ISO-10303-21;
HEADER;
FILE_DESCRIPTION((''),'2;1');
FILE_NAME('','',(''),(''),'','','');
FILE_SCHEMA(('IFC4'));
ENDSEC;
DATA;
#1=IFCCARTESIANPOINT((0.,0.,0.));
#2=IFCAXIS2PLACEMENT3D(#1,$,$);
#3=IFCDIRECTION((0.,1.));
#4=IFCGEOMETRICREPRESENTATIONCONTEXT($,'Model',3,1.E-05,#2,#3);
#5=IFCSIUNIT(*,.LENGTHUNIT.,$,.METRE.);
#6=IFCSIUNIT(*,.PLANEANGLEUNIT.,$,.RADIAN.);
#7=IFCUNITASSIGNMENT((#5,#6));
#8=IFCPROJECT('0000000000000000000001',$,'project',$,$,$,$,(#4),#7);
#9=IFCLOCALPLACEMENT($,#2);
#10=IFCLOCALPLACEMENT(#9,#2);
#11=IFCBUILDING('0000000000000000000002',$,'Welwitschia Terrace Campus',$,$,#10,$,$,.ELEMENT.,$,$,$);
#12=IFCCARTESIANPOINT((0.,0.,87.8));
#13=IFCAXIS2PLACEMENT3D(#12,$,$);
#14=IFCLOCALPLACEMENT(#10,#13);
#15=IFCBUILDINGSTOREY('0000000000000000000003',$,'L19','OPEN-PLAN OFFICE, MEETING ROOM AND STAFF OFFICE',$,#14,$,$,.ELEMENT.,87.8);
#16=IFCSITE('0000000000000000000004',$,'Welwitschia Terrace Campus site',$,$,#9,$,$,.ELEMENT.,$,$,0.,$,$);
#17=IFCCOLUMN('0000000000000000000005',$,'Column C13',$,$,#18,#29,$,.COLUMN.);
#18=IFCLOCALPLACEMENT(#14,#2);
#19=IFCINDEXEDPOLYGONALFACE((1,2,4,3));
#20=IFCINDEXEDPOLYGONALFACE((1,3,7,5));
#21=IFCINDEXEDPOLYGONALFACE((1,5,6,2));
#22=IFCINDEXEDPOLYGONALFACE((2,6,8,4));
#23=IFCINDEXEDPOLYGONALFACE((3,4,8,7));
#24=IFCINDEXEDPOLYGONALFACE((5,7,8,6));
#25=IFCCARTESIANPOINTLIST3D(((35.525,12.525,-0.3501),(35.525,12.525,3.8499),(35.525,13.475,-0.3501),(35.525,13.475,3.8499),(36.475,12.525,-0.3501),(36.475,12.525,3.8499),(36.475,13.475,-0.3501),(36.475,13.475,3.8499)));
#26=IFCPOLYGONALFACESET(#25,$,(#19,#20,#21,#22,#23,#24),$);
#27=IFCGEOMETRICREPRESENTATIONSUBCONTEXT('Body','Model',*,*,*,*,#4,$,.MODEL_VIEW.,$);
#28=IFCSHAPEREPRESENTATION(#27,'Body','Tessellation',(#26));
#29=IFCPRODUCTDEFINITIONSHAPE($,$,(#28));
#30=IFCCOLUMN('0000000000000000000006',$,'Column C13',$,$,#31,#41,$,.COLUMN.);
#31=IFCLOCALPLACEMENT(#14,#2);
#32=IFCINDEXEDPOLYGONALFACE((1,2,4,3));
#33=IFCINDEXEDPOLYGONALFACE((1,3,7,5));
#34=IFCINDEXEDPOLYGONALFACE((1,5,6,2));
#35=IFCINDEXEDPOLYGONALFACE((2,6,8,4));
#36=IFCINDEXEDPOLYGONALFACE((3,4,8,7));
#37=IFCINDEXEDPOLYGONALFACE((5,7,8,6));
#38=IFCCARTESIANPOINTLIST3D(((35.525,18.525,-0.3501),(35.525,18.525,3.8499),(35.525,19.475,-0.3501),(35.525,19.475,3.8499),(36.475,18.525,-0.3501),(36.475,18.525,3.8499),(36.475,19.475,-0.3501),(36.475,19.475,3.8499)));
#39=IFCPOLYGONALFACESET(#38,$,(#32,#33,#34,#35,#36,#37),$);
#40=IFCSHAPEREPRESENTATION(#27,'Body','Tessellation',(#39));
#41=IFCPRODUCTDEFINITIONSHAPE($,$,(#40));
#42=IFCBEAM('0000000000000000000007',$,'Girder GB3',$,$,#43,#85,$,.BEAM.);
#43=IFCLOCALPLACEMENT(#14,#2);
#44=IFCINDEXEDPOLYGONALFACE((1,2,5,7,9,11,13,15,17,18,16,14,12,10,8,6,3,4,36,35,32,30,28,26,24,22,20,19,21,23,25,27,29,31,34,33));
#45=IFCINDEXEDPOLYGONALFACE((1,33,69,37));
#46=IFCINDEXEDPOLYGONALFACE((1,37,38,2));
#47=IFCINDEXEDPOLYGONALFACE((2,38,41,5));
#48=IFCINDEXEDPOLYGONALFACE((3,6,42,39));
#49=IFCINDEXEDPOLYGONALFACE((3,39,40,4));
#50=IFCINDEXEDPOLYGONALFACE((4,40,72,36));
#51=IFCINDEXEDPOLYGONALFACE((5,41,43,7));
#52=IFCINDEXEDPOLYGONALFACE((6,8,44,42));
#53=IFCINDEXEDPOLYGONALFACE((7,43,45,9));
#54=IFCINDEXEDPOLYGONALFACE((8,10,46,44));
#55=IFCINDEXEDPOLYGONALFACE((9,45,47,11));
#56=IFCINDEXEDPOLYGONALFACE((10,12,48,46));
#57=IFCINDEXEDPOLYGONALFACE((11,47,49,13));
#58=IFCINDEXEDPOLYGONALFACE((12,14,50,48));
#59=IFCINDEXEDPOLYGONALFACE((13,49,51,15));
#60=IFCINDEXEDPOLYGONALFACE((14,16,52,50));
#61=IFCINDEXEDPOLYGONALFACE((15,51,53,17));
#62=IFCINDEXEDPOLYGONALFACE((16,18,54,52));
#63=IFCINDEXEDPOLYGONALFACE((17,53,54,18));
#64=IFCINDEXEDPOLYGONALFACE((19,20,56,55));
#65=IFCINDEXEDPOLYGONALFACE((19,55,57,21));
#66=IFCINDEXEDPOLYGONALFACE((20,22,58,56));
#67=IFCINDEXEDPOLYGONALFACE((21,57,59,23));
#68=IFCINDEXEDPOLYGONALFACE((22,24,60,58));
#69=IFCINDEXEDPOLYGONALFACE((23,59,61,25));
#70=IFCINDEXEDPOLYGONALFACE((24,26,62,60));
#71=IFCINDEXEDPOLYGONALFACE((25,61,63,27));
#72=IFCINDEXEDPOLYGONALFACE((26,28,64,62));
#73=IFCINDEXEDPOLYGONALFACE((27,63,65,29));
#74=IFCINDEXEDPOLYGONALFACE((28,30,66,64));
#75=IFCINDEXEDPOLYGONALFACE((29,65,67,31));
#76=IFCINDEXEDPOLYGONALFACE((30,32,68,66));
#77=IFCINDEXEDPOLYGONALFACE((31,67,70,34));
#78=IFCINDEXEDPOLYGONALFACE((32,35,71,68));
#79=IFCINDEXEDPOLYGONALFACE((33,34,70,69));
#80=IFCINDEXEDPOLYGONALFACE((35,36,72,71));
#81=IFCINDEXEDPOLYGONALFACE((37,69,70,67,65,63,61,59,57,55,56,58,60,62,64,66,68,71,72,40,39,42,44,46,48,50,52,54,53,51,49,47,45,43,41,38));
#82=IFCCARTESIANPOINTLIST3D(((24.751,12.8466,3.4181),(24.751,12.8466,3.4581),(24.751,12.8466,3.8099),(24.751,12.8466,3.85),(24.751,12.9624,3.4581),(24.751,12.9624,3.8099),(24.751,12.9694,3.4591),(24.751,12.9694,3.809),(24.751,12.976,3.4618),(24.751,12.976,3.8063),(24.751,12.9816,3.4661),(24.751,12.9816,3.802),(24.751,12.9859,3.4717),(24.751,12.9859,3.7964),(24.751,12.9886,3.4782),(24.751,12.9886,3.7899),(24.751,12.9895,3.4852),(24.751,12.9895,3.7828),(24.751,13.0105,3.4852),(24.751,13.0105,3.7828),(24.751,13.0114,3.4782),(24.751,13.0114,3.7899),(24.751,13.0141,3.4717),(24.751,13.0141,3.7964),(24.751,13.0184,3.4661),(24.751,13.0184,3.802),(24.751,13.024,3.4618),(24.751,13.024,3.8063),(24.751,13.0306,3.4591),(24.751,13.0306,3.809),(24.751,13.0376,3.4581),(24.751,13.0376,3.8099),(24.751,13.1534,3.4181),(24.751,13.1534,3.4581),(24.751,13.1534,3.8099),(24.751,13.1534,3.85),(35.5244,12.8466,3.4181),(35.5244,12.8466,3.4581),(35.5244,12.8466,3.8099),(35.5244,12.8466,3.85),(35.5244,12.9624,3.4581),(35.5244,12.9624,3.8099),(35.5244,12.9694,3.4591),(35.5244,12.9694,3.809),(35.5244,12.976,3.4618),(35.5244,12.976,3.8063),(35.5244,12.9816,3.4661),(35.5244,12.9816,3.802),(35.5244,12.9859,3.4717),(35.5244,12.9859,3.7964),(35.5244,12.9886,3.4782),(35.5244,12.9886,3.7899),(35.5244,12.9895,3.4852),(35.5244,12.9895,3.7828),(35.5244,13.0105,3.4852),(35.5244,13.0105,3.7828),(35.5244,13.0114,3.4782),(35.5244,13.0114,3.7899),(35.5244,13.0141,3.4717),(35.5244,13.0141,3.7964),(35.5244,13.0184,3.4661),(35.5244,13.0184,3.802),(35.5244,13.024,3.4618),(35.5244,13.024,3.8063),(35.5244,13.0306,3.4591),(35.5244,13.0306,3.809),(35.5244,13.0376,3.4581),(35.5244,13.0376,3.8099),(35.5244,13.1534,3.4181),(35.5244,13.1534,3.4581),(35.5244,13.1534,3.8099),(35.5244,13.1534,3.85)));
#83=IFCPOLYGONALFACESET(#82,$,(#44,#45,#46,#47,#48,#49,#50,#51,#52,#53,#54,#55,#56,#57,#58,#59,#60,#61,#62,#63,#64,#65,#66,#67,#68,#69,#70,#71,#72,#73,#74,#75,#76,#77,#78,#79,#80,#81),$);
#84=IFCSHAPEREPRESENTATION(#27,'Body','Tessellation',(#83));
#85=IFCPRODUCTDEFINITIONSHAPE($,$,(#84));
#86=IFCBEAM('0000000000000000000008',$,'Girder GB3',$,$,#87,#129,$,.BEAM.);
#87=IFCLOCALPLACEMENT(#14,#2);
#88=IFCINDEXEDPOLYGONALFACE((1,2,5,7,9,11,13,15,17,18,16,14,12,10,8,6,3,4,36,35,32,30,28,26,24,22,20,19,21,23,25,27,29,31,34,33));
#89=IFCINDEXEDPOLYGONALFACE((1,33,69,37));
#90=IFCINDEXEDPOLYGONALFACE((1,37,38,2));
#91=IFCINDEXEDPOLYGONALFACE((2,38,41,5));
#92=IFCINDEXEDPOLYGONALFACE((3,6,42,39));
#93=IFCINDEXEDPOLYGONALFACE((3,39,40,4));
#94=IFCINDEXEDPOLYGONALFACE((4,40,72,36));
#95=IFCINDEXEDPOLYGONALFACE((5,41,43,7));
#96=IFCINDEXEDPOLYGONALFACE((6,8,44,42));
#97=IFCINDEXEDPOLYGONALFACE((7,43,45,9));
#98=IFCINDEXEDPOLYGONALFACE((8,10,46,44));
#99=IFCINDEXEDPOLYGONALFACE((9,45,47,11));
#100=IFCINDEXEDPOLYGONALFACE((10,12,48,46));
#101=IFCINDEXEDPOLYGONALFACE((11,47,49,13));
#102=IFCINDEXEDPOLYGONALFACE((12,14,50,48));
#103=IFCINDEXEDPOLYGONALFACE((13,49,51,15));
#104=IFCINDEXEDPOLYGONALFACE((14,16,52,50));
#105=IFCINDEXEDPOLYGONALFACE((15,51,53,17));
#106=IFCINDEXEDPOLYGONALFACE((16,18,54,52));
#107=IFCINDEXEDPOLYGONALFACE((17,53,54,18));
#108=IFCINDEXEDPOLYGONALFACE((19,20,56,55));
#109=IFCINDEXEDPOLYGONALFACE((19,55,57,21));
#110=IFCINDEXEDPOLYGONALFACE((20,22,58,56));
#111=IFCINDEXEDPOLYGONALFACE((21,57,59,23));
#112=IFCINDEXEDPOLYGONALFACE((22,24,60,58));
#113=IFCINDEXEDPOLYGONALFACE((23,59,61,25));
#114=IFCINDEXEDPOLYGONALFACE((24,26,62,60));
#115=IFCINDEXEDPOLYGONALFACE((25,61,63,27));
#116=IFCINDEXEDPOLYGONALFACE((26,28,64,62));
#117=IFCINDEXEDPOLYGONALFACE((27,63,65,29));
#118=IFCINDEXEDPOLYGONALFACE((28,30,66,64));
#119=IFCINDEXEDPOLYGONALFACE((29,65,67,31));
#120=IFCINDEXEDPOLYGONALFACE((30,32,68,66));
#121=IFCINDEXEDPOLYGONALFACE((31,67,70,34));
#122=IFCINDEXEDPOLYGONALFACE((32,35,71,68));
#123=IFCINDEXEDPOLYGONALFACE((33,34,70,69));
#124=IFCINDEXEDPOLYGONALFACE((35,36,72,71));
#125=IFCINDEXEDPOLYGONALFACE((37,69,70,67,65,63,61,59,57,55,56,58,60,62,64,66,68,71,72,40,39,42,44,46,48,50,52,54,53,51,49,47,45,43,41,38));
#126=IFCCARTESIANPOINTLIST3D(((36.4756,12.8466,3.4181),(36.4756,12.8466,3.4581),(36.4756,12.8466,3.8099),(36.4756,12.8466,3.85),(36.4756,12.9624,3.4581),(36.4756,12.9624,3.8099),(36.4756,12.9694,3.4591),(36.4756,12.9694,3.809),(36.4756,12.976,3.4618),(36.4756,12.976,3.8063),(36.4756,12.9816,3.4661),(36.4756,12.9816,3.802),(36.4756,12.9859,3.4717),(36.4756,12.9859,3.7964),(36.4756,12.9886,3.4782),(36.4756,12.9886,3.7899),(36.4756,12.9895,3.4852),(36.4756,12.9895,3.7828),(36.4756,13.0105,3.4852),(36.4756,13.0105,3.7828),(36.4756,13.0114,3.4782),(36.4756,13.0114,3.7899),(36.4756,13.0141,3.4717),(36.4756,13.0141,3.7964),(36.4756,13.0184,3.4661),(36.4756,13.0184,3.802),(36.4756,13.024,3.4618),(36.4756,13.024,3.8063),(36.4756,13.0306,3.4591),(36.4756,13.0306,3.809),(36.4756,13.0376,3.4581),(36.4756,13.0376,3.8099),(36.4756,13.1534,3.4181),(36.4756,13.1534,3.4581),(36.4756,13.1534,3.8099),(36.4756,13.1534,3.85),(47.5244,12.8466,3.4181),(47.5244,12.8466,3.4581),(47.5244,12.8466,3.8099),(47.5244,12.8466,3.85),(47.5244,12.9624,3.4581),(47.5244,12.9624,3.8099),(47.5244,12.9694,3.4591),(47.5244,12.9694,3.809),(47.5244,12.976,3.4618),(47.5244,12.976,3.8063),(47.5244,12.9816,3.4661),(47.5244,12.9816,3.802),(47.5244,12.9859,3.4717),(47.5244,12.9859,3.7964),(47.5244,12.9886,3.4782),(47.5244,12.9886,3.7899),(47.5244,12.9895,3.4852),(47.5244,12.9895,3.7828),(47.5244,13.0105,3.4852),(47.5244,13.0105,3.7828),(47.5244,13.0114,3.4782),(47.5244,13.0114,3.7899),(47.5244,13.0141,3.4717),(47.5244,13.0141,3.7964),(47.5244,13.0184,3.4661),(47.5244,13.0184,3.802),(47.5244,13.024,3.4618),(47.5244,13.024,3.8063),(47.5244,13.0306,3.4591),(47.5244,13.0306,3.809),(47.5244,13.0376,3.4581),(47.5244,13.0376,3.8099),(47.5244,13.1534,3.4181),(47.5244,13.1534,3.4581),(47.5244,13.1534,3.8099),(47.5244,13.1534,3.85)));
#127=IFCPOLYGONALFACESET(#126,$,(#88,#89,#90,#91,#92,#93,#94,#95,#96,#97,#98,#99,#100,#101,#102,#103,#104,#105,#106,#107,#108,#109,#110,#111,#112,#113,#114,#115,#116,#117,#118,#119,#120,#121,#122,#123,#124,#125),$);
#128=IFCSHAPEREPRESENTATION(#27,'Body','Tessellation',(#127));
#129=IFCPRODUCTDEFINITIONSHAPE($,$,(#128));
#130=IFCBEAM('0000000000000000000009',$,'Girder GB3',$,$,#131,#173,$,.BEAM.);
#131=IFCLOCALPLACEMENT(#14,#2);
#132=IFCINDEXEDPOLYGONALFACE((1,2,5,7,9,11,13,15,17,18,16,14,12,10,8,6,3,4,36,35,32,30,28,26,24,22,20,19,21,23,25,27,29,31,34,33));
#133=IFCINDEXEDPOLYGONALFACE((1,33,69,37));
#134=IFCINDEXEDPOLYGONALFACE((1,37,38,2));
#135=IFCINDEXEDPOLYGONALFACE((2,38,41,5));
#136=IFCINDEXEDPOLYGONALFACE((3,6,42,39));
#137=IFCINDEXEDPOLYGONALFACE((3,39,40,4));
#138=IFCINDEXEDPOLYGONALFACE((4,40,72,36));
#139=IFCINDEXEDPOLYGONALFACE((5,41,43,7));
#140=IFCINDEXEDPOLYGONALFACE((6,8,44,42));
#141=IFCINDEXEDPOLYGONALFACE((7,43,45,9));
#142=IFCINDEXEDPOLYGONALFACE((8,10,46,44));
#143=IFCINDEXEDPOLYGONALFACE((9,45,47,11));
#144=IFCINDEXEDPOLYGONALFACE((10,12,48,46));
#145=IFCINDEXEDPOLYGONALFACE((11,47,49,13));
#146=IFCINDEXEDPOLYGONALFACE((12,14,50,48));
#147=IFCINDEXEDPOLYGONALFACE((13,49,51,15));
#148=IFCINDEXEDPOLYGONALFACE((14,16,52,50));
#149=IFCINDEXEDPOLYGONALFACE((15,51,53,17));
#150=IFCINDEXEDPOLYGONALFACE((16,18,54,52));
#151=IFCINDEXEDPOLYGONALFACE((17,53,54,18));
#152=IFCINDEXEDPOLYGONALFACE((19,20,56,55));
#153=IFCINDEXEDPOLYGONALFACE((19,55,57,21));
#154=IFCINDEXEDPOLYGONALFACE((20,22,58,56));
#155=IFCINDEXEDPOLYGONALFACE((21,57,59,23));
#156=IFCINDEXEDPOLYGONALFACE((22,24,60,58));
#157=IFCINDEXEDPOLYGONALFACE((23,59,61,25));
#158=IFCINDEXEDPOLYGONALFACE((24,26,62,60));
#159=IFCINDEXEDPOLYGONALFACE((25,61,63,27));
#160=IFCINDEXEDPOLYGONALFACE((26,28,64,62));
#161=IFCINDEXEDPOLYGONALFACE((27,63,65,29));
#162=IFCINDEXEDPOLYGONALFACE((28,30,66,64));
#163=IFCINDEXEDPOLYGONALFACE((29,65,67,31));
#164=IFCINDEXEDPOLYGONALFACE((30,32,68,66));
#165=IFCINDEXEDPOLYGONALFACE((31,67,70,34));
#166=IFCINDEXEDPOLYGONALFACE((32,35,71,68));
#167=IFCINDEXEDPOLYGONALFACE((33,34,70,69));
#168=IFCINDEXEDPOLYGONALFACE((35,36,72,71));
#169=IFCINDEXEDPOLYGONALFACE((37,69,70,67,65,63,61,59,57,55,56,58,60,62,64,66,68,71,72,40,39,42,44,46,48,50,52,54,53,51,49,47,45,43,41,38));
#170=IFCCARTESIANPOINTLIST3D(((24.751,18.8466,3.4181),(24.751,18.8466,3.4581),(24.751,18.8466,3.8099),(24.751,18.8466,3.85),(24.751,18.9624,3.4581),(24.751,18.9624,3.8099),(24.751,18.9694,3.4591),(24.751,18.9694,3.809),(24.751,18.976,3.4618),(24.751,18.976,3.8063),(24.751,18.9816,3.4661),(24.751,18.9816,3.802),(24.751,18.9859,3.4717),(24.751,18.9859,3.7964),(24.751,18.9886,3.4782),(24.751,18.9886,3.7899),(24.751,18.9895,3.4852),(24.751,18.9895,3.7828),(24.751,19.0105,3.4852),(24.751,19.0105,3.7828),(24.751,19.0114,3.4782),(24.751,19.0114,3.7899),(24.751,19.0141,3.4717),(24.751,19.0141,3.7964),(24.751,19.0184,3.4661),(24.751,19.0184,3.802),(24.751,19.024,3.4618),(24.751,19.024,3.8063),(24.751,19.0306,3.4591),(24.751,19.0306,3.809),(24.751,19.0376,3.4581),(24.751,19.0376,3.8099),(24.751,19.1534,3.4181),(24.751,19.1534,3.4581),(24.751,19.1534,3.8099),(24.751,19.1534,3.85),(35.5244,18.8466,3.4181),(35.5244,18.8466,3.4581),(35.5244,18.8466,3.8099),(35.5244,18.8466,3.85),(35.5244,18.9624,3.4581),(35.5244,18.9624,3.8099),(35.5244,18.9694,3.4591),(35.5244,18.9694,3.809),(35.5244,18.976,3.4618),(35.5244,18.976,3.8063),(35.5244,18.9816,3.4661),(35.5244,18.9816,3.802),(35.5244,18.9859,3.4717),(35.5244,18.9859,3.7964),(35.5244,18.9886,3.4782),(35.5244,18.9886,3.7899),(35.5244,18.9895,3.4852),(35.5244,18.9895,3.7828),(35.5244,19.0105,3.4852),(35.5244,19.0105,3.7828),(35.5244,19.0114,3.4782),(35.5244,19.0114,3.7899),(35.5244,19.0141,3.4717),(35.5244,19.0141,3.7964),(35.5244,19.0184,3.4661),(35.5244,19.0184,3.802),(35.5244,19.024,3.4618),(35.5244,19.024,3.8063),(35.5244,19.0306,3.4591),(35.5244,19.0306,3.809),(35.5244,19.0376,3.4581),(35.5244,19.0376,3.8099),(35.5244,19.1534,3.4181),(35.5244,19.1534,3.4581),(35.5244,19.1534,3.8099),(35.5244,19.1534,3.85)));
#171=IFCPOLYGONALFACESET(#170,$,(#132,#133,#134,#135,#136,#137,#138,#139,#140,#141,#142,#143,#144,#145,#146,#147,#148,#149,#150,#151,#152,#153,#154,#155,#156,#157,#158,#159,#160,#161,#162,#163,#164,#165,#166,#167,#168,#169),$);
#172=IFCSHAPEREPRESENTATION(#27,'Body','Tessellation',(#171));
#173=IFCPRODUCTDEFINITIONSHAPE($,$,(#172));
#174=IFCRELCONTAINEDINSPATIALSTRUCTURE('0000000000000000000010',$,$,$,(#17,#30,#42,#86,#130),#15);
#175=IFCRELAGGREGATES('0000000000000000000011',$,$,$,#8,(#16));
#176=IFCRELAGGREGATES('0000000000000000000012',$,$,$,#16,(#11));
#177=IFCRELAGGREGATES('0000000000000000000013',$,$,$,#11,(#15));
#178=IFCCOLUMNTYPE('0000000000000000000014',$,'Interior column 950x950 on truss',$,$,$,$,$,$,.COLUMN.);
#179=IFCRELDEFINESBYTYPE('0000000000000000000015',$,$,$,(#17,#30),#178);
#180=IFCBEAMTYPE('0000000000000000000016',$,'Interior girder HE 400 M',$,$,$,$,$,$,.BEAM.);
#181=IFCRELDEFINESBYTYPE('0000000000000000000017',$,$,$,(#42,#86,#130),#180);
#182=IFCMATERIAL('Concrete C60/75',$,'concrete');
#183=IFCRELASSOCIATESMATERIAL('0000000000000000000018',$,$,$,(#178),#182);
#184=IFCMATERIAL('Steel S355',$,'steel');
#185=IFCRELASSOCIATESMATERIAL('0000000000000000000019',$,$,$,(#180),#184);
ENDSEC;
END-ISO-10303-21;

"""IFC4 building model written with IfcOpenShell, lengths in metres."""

from ifc_helpers import new_model, si_unit, direction, frame, origin, origin_2d, place, context, subcontext, project, spatial, rectangle, i_section, extrude, material, material_profile, profile_set, type_object, element, save


model = new_model("IFC4")

# Units and contexts
model_context = context("Model", 3, precision=1e-05, world=origin(), true_north=direction((0.0, 1.0)))
body_context = subcontext(model_context, "Body", "Model", "MODEL_VIEW")
ifc_project = project(units=[si_unit("LENGTHUNIT", "METRE"), si_unit("PLANEANGLEUNIT", "RADIAN")], contexts=[model_context])

# Site, building, storey
site_placement = place(None, origin())
site = spatial("IfcSite", under=ifc_project, at=site_placement, Name="Welwitschia Terrace Campus site", CompositionType="ELEMENT", RefElevation=0.0)
building_placement = place(site_placement, origin())
building = spatial("IfcBuilding", under=site, at=building_placement, Name="Welwitschia Terrace Campus", CompositionType="ELEMENT")
storey_placement = place(building_placement, frame((0.0, 0.0, 87.8)))
storey = spatial("IfcBuildingStorey", under=building, at=storey_placement, Name="L19", Description="OPEN-PLAN OFFICE, MEETING ROOM AND STAFF OFFICE", CompositionType="ELEMENT", Elevation=87.8)

# Columns
ifc_material_1 = material(Name="Concrete C60/75", Category="concrete")
ifc_material_profile_1 = material_profile(ifc_material_1, rectangle(XDim=0.95, YDim=0.95, at=origin_2d()))
ifc_profile_set_1 = profile_set([ifc_material_profile_1], Name="Concrete C60/75")
column_type = type_object("IfcColumnType", Name="Interior column 950x950 on truss", PredefinedType="COLUMN", material=ifc_profile_set_1)
for number, where, z_axis, x_axis, name in (
    (1, (36.0, 13.0, -0.3501), (0.0, 0.0, 1.0), (1.0, 0.0, 0.0), "Column C13"),
    (2, (36.0, 19.0, -0.3501), (0.0, 0.0, 1.0), (1.0, 0.0, 0.0), "Column C13"),
):
    element("IfcColumn", number, at=place(storey_placement, frame(where, z_axis=z_axis, x_axis=x_axis)), inside=storey, type_object=column_type, Name=name, PredefinedType="COLUMN", context=body_context, shape_type="SweptSolid", body=[
        extrude(rectangle(XDim=0.95, YDim=0.95, at=origin_2d()), origin(), (0.0, 0.0, 1.0), 4.2),
    ])

# Beams
ifc_material_2 = material(Name="Steel S355", Category="steel")
ifc_material_profile_2 = material_profile(ifc_material_2, i_section(OverallWidth=0.3069, OverallDepth=0.4319, WebThickness=0.021, FlangeThickness=0.04, FilletRadius=0.0271, at=origin_2d()))
ifc_profile_set_2 = profile_set([ifc_material_profile_2], Name="Steel S355")
beam_type = type_object("IfcBeamType", Name="Interior girder HE 400 M", PredefinedType="BEAM", material=ifc_profile_set_2)
beam_1_placement = place(storey_placement, frame((24.751, 13.0, 3.634), z_axis=(1.0, 0.0, 0.0), x_axis=(0.0, 1.0, 0.0)))
element("IfcBeam", 3, at=beam_1_placement, inside=storey, type_object=beam_type, Name="Girder GB3", PredefinedType="BEAM", context=body_context, shape_type="SweptSolid", body=[
    extrude(i_section(OverallWidth=0.3069, OverallDepth=0.4319, WebThickness=0.021, FlangeThickness=0.04, FilletRadius=0.0271, at=origin_2d()), origin(), (0.0, 0.0, 1.0), 10.7734),
])
beam_2_placement = place(storey_placement, frame((36.4756, 13.0, 3.634), z_axis=(1.0, 0.0, 0.0), x_axis=(0.0, 1.0, 0.0)))
element("IfcBeam", 4, at=beam_2_placement, inside=storey, type_object=beam_type, Name="Girder GB3", PredefinedType="BEAM", context=body_context, shape_type="SweptSolid", body=[
    extrude(i_section(OverallWidth=0.3069, OverallDepth=0.4319, WebThickness=0.021, FlangeThickness=0.04, FilletRadius=0.0271, at=origin_2d()), origin(), (0.0, 0.0, 1.0), 11.0488),
])
beam_3_placement = place(storey_placement, frame((24.751, 19.0, 3.634), z_axis=(1.0, 0.0, 0.0), x_axis=(0.0, 1.0, 0.0)))
element("IfcBeam", 5, at=beam_3_placement, inside=storey, type_object=beam_type, Name="Girder GB3", PredefinedType="BEAM", context=body_context, shape_type="SweptSolid", body=[
    extrude(i_section(OverallWidth=0.3069, OverallDepth=0.4319, WebThickness=0.021, FlangeThickness=0.04, FilletRadius=0.0271, at=origin_2d()), origin(), (0.0, 0.0, 1.0), 10.7734),
])

save(model, "model.ifc")
